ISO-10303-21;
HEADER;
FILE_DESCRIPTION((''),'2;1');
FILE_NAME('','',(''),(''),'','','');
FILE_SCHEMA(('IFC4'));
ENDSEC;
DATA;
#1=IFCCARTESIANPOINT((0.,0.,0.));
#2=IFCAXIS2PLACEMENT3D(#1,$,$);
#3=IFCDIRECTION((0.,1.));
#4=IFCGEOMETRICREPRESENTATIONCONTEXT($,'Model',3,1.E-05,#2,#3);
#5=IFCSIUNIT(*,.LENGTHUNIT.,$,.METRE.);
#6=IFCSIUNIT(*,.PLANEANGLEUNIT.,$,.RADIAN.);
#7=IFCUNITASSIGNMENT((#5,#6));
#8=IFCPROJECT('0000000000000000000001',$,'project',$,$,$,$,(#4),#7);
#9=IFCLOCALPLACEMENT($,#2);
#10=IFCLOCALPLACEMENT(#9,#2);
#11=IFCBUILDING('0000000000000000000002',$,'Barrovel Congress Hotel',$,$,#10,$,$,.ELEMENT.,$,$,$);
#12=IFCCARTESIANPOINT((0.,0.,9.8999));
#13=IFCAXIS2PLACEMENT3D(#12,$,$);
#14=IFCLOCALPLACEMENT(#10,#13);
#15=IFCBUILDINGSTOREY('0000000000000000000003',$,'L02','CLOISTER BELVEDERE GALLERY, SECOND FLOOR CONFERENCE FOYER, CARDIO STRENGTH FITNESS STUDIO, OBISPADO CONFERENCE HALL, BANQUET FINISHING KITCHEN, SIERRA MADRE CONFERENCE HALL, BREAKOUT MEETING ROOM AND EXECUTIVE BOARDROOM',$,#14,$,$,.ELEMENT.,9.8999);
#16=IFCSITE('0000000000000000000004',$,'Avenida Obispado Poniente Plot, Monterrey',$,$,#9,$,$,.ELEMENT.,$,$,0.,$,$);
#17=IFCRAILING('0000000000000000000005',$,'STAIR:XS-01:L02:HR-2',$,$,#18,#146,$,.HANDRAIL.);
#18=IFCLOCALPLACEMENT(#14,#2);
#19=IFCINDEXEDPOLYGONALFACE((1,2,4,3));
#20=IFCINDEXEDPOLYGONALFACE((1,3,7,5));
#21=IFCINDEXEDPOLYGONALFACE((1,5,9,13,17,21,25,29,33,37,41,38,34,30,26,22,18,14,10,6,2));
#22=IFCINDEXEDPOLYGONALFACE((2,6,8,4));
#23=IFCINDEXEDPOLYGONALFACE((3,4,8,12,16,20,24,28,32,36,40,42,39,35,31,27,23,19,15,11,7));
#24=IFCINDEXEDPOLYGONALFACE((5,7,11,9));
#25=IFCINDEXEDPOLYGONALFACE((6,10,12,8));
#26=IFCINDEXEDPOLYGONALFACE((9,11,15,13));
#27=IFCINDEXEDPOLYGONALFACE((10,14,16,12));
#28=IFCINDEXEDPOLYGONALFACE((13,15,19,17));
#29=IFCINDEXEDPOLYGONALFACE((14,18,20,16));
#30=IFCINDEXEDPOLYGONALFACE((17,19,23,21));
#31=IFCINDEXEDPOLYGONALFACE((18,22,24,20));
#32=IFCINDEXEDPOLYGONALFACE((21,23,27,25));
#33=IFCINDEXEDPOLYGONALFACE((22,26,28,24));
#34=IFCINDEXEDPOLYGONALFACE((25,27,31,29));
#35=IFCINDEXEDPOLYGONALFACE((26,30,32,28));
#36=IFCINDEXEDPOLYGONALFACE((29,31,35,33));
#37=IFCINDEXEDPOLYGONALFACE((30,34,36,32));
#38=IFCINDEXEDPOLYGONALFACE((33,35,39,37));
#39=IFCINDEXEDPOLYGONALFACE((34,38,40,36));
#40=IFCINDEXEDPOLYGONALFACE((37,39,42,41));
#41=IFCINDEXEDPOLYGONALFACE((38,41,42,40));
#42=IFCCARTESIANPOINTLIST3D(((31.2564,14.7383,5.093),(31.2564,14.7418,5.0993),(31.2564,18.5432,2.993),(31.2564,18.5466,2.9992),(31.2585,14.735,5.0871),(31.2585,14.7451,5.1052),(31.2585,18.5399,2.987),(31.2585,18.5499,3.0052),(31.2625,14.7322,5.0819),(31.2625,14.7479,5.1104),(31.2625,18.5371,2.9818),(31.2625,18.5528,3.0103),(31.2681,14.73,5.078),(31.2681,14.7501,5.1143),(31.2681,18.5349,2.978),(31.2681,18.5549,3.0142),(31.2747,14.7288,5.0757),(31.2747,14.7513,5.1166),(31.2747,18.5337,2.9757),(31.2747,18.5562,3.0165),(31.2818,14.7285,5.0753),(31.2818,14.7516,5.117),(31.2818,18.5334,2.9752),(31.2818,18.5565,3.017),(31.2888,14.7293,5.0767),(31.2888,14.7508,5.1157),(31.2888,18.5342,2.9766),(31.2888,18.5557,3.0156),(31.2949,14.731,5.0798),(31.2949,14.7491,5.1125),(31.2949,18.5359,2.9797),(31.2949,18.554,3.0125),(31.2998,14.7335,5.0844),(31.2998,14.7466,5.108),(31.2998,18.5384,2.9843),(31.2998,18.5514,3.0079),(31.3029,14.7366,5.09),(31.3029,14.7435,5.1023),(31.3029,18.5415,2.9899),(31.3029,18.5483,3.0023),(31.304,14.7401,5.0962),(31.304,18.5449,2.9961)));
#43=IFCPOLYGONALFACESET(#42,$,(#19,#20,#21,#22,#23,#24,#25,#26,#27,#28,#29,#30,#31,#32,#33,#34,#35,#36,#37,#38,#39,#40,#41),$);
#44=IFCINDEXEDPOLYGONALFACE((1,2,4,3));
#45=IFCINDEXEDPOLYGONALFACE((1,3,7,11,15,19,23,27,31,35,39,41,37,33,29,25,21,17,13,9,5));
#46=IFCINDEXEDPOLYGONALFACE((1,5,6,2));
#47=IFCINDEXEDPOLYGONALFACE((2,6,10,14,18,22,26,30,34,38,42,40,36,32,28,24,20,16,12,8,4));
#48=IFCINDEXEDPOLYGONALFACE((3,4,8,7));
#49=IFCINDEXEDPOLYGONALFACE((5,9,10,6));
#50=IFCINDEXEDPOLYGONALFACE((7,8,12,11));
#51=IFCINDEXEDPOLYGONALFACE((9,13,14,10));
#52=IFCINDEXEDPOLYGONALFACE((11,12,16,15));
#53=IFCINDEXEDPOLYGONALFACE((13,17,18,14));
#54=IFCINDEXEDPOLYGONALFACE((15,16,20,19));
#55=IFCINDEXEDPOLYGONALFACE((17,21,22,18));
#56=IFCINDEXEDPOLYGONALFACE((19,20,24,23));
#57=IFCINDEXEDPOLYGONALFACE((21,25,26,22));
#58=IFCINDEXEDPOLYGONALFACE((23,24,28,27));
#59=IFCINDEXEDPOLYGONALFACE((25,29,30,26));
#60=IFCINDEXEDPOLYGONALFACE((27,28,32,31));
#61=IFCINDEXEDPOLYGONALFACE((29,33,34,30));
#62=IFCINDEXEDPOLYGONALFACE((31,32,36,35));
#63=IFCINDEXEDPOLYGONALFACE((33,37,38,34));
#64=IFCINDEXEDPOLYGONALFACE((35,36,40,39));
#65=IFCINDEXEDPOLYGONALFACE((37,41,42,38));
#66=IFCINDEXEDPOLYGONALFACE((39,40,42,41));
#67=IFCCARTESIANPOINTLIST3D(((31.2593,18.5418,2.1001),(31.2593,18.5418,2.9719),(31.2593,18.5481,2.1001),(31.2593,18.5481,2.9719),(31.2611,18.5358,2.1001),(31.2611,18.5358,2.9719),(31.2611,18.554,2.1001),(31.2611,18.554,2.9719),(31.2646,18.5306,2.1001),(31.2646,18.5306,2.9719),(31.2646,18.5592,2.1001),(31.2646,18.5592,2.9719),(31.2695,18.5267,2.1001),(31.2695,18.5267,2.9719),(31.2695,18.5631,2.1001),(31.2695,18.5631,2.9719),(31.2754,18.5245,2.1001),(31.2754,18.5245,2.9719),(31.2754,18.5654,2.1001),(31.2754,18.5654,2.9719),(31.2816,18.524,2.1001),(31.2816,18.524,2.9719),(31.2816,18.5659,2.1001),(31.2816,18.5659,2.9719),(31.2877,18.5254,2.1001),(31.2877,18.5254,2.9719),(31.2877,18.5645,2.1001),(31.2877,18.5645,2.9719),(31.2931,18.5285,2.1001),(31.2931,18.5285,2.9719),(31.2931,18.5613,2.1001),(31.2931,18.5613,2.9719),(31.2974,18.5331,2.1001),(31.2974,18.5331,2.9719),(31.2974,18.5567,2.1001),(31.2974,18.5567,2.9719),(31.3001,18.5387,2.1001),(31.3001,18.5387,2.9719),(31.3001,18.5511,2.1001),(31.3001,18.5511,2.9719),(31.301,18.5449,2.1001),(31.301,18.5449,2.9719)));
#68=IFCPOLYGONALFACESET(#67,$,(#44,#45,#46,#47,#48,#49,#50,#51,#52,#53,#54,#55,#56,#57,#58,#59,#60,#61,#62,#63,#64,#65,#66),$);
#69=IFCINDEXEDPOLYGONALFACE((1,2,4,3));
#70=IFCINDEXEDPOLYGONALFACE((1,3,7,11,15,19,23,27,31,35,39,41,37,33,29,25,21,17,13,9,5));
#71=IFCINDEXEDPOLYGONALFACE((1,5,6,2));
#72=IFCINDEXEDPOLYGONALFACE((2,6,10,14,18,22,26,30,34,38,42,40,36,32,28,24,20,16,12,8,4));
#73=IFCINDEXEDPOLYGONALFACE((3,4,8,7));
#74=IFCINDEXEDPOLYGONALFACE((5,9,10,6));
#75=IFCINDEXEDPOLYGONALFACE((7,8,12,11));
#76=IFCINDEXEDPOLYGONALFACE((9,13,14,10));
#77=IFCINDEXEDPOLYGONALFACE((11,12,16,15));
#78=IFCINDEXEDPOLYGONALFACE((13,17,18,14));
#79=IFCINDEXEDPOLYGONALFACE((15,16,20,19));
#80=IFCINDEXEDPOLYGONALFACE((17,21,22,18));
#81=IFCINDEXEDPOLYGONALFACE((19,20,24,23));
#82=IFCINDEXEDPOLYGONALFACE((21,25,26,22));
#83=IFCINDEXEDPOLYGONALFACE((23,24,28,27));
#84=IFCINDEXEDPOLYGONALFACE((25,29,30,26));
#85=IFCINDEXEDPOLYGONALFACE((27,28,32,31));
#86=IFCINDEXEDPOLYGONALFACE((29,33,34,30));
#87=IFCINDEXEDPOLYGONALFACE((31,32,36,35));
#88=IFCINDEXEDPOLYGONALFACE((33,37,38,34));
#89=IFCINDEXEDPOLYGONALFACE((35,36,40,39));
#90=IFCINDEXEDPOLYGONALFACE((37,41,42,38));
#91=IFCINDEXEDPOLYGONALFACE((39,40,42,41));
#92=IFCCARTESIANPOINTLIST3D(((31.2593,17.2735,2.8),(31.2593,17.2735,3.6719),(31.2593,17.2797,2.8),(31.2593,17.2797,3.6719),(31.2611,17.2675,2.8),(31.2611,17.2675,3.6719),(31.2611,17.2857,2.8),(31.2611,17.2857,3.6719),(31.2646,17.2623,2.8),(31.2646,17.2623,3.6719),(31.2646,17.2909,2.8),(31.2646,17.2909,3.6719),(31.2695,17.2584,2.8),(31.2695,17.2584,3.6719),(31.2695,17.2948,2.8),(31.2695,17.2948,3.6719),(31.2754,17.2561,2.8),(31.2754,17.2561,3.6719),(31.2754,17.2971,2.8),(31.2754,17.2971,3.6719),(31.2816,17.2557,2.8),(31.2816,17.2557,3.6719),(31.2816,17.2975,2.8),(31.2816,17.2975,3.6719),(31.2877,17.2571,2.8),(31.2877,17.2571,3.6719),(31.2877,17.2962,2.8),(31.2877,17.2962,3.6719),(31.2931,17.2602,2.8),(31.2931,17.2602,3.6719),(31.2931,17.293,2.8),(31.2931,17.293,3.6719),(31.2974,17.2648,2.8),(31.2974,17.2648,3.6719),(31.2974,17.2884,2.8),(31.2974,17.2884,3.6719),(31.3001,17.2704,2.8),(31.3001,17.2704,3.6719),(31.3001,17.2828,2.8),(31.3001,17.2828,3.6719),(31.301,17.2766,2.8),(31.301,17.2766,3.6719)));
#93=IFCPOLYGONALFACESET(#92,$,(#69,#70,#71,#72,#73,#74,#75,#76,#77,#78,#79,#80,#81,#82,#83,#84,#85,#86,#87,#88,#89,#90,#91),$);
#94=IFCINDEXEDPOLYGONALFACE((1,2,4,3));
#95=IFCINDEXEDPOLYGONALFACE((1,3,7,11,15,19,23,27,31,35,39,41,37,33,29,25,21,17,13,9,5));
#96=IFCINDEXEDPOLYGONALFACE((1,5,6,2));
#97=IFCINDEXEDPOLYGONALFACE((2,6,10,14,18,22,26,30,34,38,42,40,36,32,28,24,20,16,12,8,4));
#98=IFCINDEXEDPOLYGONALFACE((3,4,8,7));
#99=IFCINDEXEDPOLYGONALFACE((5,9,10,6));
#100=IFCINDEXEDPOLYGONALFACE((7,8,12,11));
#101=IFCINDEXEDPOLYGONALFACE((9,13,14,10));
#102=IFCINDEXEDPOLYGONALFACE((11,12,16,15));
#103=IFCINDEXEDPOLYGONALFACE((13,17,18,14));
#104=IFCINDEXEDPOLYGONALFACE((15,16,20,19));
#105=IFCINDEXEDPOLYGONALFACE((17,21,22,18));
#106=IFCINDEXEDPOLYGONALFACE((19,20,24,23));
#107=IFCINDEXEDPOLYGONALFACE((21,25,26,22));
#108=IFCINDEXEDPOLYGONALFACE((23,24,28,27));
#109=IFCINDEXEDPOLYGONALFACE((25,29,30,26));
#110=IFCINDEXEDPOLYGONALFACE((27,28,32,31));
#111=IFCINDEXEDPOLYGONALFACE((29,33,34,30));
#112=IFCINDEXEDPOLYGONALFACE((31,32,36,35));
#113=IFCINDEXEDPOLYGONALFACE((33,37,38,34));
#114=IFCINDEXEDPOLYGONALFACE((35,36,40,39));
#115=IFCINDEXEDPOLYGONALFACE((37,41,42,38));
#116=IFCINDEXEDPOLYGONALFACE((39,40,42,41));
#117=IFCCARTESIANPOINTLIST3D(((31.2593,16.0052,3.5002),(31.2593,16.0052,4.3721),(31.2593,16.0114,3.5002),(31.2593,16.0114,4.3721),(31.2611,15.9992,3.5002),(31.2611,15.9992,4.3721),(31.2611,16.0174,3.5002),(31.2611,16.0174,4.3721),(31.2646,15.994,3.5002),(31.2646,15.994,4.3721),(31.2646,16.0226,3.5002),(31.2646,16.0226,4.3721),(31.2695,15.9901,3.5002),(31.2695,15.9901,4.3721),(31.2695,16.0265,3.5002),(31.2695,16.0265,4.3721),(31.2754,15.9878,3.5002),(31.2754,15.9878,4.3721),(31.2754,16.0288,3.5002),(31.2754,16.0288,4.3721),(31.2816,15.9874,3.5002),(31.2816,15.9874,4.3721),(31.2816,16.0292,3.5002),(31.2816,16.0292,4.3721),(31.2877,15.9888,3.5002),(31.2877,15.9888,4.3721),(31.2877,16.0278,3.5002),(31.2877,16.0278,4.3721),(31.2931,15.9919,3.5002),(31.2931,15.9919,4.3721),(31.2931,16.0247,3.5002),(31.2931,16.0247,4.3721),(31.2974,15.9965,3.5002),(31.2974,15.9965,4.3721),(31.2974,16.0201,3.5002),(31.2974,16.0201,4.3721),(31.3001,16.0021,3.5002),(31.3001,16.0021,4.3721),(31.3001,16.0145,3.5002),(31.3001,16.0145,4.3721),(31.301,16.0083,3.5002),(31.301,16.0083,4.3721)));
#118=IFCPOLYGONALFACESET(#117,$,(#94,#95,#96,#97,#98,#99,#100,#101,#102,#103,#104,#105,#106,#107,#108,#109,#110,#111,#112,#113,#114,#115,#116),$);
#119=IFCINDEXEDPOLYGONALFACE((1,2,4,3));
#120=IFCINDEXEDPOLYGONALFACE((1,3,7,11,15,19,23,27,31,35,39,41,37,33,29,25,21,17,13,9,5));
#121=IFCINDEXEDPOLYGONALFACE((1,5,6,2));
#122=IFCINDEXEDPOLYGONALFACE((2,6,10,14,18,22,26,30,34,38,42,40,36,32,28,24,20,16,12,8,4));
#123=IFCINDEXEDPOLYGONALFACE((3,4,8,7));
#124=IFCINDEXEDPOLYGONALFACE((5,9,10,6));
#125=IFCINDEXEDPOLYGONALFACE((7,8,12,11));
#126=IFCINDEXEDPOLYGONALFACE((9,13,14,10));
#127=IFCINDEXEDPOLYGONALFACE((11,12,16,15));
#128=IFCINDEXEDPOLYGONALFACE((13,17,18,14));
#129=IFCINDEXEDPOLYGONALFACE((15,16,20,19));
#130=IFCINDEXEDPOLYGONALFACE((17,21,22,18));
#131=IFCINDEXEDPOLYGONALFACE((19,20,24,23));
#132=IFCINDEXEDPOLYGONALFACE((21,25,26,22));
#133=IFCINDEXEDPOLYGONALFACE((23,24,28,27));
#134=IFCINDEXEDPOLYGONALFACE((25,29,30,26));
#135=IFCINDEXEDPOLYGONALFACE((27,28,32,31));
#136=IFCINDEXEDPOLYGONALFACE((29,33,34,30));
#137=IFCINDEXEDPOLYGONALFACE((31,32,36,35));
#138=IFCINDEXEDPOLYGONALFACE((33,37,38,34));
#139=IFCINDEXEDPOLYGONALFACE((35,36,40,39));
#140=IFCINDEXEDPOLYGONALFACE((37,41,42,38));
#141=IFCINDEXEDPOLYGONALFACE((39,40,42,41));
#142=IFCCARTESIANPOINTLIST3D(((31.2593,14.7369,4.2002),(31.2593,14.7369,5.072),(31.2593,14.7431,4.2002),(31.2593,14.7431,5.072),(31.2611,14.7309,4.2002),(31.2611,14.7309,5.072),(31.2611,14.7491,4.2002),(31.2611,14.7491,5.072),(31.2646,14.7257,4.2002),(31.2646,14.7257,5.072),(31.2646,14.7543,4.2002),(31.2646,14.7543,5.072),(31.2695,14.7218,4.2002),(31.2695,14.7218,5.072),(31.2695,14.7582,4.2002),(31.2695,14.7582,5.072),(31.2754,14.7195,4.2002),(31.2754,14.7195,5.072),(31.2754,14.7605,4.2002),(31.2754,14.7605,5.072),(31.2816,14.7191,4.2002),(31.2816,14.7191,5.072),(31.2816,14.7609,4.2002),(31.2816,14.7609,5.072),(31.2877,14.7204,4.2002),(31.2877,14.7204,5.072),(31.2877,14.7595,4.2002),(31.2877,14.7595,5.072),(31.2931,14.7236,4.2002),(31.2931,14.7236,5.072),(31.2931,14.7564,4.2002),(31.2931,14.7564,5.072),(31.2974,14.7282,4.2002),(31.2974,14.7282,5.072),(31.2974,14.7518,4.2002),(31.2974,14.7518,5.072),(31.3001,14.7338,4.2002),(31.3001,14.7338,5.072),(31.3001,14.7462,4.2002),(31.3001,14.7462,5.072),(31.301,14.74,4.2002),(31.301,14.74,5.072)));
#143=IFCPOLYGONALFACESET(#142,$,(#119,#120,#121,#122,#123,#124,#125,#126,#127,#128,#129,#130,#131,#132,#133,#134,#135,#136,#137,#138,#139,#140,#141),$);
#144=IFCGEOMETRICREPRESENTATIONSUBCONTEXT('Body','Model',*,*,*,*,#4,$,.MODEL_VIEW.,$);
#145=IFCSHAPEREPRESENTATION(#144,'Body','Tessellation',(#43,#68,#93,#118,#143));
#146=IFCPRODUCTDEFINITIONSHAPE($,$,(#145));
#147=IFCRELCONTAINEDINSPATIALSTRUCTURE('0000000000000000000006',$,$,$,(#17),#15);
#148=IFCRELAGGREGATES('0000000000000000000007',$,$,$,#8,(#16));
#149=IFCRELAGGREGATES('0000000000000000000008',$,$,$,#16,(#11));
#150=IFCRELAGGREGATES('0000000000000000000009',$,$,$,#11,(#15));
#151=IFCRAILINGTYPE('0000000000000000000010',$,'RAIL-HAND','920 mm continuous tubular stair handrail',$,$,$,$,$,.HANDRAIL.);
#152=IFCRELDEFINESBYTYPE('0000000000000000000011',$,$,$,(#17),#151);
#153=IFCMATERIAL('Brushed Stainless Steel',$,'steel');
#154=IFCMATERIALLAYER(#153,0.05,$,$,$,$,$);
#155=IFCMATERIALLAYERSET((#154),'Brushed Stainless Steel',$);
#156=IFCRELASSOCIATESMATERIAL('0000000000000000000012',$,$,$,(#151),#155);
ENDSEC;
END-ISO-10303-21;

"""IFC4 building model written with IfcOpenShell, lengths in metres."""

from ifc_helpers import new_model, si_unit, direction, frame, origin, origin_2d, place, context, subcontext, project, spatial, circle, extrude, material, layer, layer_set, type_object, element, save


model = new_model("IFC4")

# Units and contexts
model_context = context("Model", 3, precision=1e-05, world=origin(), true_north=direction((0.0, 1.0)))
body_context = subcontext(model_context, "Body", "Model", "MODEL_VIEW")
ifc_project = project(units=[si_unit("LENGTHUNIT", "METRE"), si_unit("PLANEANGLEUNIT", "RADIAN")], contexts=[model_context])

# Site, building, storey
site_placement = place(None, origin())
site = spatial("IfcSite", under=ifc_project, at=site_placement, Name="Avenida Obispado Poniente Plot, Monterrey", CompositionType="ELEMENT", RefElevation=0.0)
building_placement = place(site_placement, origin())
building = spatial("IfcBuilding", under=site, at=building_placement, Name="Barrovel Congress Hotel", CompositionType="ELEMENT")
storey_placement = place(building_placement, frame((0.0, 0.0, 9.8999)))
storey = spatial("IfcBuildingStorey", under=building, at=storey_placement, Name="L02", Description="CLOISTER BELVEDERE GALLERY, SECOND FLOOR CONFERENCE FOYER, CARDIO STRENGTH FITNESS STUDIO, OBISPADO CONFERENCE HALL, BANQUET FINISHING KITCHEN, SIERRA MADRE CONFERENCE HALL, BREAKOUT MEETING ROOM AND EXECUTIVE BOARDROOM", CompositionType="ELEMENT", Elevation=9.8999)

# Shared definitions
ifc_material_1 = material(Name="Brushed Stainless Steel", Category="steel")

# Railing
ifc_layer_1 = layer(ifc_material_1, 0.05)
ifc_layer_set_1 = layer_set([ifc_layer_1], Name="Brushed Stainless Steel")
railing_type_1 = type_object("IfcRailingType", Name="RAIL-HAND", Description="920 mm continuous tubular stair handrail", PredefinedType="HANDRAIL", material=ifc_layer_set_1)
railing_1_placement = place(storey_placement, frame((31.28, 18.5449, 2.1001)))
element("IfcRailing", 1, at=railing_1_placement, inside=storey, type_object=railing_type_1, Name="STAIR:XS-01:L02:HR-2", PredefinedType="HANDRAIL", context=body_context, shape_type="SweptSolid", body=[
    extrude(circle(Radius=0.0239, at=origin_2d()), frame((0.0, 0.0, 0.896), z_axis=(0.0, -0.875497, 0.483223), x_axis=(1.0, 0.0, 0.0)), (0.0, 0.0, 1.0), 4.3459),
    extrude(circle(Radius=0.021, at=origin_2d()), origin(), (0.0, 0.0, 1.0), 0.8718),
    extrude(circle(Radius=0.021, at=origin_2d()), frame((0.0, -1.2683, 0.7)), (0.0, 0.0, 1.0), 0.8718),
    extrude(circle(Radius=0.021, at=origin_2d()), frame((0.0, -2.5366, 1.4001)), (0.0, 0.0, 1.0), 0.8718),
    extrude(circle(Radius=0.021, at=origin_2d()), frame((0.0, -3.8049, 2.1001)), (0.0, 0.0, 1.0), 0.8718),
])

save(model, "model.ifc")
